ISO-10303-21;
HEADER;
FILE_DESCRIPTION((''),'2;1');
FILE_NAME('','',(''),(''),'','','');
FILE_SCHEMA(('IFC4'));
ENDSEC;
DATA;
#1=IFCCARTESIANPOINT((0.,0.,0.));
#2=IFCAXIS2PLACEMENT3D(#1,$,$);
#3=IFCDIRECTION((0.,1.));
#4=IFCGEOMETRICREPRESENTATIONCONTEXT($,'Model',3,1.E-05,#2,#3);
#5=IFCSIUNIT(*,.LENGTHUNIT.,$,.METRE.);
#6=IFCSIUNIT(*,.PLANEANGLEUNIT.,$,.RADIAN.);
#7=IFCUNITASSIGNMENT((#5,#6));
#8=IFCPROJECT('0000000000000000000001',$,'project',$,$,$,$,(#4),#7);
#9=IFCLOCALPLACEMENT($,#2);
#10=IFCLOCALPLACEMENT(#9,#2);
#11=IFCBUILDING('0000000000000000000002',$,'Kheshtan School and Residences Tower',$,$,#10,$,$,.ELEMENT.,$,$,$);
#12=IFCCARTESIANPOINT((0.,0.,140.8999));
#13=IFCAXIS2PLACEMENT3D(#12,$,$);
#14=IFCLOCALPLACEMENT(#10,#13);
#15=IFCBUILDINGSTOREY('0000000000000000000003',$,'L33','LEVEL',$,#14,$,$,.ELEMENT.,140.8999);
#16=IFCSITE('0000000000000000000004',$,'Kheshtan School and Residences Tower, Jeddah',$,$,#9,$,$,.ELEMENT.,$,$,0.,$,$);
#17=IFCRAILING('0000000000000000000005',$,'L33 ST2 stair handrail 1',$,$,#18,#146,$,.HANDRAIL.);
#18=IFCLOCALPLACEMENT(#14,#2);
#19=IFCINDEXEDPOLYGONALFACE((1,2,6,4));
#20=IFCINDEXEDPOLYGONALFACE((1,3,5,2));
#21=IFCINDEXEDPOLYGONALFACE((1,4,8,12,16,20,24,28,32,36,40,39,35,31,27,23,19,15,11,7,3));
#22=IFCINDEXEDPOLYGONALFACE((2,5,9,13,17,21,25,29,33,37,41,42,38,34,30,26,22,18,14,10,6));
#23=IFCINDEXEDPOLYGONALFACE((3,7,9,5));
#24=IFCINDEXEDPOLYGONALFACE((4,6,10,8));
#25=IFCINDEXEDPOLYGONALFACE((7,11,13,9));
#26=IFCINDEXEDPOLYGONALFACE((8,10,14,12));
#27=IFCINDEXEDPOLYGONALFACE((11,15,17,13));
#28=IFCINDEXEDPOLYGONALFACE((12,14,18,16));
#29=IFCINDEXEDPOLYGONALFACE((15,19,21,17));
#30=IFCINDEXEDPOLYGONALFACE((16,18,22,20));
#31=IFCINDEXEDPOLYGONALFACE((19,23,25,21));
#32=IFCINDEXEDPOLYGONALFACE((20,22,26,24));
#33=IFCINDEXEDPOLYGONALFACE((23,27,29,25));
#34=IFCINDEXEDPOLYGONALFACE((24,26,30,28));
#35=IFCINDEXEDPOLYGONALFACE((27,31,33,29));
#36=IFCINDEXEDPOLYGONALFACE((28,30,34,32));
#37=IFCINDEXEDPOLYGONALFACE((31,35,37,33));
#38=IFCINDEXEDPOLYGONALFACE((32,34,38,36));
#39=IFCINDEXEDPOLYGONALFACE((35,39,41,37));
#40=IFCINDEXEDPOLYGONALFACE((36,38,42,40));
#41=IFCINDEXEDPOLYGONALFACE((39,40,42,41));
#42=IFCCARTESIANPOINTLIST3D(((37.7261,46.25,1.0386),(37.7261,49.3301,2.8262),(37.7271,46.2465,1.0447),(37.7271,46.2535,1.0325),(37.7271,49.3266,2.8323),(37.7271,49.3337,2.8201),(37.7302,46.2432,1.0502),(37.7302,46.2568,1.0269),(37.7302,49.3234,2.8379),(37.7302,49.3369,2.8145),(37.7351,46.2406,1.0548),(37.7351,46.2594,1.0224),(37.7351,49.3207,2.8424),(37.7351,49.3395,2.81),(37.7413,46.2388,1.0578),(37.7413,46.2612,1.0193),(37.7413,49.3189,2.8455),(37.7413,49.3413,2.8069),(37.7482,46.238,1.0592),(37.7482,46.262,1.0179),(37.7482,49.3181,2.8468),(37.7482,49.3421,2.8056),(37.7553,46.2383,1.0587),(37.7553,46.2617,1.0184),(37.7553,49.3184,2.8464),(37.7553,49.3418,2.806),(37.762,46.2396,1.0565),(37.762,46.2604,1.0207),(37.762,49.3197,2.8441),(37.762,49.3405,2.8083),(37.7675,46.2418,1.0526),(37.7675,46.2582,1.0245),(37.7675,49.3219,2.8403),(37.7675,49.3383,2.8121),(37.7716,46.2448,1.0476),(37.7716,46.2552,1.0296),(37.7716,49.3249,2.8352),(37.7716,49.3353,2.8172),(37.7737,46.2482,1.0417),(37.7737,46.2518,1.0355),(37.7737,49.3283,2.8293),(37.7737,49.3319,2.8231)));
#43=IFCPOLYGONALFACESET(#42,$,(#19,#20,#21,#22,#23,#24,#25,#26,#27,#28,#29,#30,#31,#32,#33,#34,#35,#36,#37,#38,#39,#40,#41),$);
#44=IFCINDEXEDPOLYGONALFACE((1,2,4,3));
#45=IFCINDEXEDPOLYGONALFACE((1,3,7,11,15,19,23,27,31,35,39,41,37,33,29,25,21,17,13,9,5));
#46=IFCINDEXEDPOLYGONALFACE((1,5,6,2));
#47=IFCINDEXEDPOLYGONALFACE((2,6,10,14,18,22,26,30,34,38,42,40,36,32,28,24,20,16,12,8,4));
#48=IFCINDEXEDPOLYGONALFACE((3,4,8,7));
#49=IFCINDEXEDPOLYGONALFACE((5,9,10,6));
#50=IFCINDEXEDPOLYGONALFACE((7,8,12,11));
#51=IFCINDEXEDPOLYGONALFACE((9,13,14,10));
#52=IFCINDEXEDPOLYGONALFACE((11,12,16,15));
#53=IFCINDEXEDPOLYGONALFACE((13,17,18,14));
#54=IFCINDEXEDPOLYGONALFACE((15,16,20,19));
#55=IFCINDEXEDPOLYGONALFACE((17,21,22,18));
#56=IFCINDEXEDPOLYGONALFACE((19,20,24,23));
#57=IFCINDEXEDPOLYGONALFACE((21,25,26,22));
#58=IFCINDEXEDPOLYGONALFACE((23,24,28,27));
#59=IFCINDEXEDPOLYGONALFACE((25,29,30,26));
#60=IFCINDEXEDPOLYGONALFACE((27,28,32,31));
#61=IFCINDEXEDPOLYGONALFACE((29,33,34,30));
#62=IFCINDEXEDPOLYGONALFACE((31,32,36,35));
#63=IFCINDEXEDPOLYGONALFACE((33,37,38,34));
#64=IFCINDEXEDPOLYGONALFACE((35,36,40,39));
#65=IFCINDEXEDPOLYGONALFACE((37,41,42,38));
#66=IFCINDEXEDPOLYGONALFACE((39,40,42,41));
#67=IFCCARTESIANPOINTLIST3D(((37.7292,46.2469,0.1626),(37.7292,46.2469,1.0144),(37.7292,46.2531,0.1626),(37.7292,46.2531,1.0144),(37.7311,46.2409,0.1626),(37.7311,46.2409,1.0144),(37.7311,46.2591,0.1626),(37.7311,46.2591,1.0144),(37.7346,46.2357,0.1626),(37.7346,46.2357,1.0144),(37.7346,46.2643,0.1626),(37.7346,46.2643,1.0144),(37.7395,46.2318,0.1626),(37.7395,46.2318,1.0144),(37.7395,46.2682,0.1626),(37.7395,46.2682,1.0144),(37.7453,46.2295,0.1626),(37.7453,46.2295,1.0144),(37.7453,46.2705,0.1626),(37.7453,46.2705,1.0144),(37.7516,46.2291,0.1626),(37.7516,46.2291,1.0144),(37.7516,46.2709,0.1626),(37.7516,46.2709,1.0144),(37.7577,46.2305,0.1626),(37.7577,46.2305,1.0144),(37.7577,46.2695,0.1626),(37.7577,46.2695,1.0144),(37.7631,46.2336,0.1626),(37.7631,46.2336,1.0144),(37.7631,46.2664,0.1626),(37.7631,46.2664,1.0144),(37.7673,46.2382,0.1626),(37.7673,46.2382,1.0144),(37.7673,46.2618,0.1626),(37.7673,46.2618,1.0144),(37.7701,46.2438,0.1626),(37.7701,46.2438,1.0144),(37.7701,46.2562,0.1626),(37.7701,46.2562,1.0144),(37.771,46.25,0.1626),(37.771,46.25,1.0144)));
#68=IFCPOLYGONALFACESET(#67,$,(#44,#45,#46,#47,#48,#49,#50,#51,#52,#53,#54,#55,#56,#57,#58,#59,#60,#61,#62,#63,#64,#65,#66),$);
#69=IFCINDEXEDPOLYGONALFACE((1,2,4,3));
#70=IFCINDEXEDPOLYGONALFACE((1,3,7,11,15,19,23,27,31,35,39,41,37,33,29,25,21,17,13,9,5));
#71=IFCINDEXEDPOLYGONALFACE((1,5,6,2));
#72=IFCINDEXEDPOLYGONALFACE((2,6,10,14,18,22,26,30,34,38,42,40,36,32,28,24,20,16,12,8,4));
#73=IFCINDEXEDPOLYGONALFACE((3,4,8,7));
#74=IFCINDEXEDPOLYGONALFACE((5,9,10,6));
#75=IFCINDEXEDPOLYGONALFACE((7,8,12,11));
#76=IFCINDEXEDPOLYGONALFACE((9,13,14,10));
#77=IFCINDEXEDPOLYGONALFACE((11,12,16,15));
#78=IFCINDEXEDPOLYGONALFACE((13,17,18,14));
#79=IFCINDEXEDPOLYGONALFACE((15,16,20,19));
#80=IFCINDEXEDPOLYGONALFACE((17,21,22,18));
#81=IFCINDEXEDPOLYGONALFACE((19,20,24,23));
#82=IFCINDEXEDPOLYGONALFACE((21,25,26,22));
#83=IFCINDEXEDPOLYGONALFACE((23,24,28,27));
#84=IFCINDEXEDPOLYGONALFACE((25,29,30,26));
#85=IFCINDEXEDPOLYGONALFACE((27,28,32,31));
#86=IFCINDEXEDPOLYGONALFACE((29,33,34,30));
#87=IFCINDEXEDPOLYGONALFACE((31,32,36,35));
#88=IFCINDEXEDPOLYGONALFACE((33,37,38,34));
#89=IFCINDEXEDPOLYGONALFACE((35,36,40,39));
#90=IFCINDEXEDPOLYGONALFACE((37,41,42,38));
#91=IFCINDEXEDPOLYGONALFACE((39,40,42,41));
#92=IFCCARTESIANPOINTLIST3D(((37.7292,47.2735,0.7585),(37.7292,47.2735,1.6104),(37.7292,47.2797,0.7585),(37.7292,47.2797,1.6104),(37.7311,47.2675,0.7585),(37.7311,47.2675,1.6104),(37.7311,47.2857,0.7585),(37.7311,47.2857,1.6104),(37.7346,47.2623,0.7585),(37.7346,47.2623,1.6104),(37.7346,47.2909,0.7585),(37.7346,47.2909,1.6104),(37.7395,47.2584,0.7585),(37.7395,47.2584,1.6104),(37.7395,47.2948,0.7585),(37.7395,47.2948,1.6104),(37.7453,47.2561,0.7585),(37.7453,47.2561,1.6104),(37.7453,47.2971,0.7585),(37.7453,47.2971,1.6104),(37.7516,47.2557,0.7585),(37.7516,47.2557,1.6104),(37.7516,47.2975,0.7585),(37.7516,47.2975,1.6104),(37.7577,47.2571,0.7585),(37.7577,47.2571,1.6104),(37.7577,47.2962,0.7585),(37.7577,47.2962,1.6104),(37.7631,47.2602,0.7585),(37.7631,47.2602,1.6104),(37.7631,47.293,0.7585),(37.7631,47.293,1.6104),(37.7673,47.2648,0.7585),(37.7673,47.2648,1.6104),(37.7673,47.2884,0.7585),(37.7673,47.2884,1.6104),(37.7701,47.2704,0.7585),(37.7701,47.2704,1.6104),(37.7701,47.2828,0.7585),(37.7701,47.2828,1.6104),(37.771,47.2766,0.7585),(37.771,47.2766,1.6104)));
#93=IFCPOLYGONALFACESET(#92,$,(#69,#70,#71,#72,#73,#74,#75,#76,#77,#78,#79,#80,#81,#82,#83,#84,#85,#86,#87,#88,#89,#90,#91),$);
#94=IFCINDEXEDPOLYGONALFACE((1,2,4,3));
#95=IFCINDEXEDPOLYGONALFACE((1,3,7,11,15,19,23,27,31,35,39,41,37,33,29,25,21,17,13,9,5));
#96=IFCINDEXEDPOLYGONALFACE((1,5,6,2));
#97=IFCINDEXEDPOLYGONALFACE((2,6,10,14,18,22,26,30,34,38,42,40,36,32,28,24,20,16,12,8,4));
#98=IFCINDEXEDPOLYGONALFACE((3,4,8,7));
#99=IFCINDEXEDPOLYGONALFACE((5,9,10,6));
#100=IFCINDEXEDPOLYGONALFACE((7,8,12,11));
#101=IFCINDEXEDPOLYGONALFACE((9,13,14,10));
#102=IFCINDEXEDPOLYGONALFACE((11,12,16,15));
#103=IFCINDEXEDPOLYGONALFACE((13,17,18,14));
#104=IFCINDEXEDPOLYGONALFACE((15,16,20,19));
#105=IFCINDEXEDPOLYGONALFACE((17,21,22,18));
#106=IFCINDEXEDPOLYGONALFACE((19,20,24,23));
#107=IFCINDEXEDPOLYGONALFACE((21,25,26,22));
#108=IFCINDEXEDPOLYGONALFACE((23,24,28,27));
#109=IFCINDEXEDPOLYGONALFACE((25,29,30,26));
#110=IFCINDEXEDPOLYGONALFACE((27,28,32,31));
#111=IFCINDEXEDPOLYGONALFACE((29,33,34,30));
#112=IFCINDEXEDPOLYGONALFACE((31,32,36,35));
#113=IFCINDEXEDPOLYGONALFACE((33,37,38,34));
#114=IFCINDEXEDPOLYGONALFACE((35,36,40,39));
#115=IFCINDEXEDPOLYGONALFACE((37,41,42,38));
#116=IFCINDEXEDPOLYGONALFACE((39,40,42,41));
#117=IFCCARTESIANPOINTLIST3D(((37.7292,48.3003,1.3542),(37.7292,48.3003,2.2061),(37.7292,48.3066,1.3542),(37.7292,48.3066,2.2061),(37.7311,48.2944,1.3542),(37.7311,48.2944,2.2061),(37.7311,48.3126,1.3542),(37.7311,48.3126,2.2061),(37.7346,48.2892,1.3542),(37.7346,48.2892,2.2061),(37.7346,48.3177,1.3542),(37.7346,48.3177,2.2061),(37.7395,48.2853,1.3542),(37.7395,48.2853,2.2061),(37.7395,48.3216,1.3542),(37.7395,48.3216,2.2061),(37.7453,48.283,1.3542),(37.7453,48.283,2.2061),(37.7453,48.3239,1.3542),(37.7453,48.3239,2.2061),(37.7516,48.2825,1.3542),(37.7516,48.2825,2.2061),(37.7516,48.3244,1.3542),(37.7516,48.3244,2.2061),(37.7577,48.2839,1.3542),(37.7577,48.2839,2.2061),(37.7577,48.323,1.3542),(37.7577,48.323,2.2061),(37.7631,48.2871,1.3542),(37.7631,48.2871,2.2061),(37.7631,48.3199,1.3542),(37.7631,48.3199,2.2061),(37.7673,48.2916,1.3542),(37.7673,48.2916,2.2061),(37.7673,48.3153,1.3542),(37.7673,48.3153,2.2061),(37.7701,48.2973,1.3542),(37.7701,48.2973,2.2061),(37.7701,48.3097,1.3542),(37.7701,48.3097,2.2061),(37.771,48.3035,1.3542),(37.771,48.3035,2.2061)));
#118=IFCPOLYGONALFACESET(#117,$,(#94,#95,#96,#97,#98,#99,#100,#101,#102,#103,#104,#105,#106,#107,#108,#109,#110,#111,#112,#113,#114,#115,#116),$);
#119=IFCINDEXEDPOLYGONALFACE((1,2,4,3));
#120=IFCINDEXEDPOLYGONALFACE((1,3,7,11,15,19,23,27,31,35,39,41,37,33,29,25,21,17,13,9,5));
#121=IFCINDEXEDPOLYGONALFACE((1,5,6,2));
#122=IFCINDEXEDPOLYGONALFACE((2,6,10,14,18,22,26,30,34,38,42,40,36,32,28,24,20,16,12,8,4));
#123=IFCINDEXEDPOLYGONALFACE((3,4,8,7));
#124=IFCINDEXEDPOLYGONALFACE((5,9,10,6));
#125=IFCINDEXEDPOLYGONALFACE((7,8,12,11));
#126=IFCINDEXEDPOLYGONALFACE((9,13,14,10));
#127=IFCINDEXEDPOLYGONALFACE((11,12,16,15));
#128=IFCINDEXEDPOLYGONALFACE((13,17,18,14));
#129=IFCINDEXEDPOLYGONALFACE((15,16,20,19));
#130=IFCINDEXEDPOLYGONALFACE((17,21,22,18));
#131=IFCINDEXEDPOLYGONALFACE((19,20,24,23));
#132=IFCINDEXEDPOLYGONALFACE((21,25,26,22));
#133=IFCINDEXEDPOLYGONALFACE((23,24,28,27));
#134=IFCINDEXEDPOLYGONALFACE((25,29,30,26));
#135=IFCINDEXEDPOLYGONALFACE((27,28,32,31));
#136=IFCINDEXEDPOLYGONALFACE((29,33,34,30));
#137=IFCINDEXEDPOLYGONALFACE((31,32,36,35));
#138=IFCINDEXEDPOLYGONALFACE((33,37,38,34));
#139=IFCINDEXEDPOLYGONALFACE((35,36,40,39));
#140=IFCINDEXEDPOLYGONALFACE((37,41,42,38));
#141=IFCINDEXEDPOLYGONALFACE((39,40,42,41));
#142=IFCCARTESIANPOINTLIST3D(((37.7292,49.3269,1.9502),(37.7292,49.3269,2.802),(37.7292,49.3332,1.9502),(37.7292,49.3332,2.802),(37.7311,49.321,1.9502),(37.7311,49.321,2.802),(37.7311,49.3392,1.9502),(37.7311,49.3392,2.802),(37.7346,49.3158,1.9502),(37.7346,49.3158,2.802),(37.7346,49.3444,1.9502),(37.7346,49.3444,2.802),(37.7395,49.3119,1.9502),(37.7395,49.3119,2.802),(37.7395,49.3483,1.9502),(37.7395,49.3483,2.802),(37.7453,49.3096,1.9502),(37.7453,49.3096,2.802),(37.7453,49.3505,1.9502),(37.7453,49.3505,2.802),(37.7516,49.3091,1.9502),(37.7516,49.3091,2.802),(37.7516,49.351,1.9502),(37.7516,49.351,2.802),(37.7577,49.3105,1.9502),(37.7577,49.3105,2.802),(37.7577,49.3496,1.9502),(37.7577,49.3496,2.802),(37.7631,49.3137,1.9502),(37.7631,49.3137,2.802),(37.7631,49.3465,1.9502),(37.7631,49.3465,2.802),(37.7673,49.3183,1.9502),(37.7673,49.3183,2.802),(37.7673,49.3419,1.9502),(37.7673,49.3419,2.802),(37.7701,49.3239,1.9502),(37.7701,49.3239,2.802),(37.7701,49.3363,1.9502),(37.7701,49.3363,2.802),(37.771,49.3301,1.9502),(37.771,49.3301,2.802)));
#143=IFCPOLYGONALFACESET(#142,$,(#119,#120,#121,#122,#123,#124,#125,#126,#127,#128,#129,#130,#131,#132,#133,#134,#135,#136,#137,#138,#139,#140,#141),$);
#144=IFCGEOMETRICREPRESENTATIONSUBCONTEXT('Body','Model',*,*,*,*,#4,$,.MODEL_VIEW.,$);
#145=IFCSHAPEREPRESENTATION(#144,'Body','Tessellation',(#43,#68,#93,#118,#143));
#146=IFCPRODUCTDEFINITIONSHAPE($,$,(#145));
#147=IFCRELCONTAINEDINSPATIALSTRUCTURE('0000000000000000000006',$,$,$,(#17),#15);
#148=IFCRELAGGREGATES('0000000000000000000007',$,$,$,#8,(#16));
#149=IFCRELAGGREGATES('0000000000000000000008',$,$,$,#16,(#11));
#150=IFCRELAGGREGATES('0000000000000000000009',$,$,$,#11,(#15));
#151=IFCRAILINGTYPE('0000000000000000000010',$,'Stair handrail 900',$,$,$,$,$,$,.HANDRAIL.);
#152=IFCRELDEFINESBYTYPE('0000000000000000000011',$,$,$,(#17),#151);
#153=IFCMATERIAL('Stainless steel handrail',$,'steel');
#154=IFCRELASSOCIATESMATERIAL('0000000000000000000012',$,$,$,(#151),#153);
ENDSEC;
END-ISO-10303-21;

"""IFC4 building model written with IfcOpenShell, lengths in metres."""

from ifc_helpers import new_model, si_unit, direction, frame, origin, origin_2d, place, context, subcontext, project, spatial, circle, extrude, material, type_object, element, save


model = new_model("IFC4")

# Units and contexts
model_context = context("Model", 3, precision=1e-05, world=origin(), true_north=direction((0.0, 1.0)))
body_context = subcontext(model_context, "Body", "Model", "MODEL_VIEW")
ifc_project = project(units=[si_unit("LENGTHUNIT", "METRE"), si_unit("PLANEANGLEUNIT", "RADIAN")], contexts=[model_context])

# Site, building, storey
site_placement = place(None, origin())
site = spatial("IfcSite", under=ifc_project, at=site_placement, Name="Kheshtan School and Residences Tower, Jeddah", CompositionType="ELEMENT", RefElevation=0.0)
building_placement = place(site_placement, origin())
building = spatial("IfcBuilding", under=site, at=building_placement, Name="Kheshtan School and Residences Tower", CompositionType="ELEMENT")
storey_placement = place(building_placement, frame((0.0, 0.0, 140.8999)))
storey = spatial("IfcBuildingStorey", under=building, at=storey_placement, Name="L33", Description="LEVEL", CompositionType="ELEMENT", Elevation=140.8999)

# Railing
ifc_material_1 = material(Name="Stainless steel handrail", Category="steel")
railing_type = type_object("IfcRailingType", Name="Stair handrail 900", PredefinedType="HANDRAIL", material=ifc_material_1)
railing_placement = place(storey_placement, frame((37.75, 46.25, 0.1626)))
element("IfcRailing", 1, at=railing_placement, inside=storey, type_object=railing_type, Name="L33 ST2 stair handrail 1", PredefinedType="HANDRAIL", context=body_context, shape_type="SweptSolid", body=[
    extrude(circle(Radius=0.0239, at=origin_2d()), frame((0.0, 0.0, 0.876), z_axis=(0.0, 0.864891, 0.50196), x_axis=(-1.0, 0.0, 0.0)), (0.0, 0.0, 1.0), 3.5613),
    extrude(circle(Radius=0.021, at=origin_2d()), origin(), (0.0, 0.0, 1.0), 0.8518),
    extrude(circle(Radius=0.021, at=origin_2d()), frame((0.0, 1.0266, 0.5959)), (0.0, 0.0, 1.0), 0.8518),
    extrude(circle(Radius=0.021, at=origin_2d()), frame((0.0, 2.0535, 1.1917)), (0.0, 0.0, 1.0), 0.8518),
    extrude(circle(Radius=0.021, at=origin_2d()), frame((0.0, 3.0801, 1.7876)), (0.0, 0.0, 1.0), 0.8518),
])

save(model, "model.ifc")
